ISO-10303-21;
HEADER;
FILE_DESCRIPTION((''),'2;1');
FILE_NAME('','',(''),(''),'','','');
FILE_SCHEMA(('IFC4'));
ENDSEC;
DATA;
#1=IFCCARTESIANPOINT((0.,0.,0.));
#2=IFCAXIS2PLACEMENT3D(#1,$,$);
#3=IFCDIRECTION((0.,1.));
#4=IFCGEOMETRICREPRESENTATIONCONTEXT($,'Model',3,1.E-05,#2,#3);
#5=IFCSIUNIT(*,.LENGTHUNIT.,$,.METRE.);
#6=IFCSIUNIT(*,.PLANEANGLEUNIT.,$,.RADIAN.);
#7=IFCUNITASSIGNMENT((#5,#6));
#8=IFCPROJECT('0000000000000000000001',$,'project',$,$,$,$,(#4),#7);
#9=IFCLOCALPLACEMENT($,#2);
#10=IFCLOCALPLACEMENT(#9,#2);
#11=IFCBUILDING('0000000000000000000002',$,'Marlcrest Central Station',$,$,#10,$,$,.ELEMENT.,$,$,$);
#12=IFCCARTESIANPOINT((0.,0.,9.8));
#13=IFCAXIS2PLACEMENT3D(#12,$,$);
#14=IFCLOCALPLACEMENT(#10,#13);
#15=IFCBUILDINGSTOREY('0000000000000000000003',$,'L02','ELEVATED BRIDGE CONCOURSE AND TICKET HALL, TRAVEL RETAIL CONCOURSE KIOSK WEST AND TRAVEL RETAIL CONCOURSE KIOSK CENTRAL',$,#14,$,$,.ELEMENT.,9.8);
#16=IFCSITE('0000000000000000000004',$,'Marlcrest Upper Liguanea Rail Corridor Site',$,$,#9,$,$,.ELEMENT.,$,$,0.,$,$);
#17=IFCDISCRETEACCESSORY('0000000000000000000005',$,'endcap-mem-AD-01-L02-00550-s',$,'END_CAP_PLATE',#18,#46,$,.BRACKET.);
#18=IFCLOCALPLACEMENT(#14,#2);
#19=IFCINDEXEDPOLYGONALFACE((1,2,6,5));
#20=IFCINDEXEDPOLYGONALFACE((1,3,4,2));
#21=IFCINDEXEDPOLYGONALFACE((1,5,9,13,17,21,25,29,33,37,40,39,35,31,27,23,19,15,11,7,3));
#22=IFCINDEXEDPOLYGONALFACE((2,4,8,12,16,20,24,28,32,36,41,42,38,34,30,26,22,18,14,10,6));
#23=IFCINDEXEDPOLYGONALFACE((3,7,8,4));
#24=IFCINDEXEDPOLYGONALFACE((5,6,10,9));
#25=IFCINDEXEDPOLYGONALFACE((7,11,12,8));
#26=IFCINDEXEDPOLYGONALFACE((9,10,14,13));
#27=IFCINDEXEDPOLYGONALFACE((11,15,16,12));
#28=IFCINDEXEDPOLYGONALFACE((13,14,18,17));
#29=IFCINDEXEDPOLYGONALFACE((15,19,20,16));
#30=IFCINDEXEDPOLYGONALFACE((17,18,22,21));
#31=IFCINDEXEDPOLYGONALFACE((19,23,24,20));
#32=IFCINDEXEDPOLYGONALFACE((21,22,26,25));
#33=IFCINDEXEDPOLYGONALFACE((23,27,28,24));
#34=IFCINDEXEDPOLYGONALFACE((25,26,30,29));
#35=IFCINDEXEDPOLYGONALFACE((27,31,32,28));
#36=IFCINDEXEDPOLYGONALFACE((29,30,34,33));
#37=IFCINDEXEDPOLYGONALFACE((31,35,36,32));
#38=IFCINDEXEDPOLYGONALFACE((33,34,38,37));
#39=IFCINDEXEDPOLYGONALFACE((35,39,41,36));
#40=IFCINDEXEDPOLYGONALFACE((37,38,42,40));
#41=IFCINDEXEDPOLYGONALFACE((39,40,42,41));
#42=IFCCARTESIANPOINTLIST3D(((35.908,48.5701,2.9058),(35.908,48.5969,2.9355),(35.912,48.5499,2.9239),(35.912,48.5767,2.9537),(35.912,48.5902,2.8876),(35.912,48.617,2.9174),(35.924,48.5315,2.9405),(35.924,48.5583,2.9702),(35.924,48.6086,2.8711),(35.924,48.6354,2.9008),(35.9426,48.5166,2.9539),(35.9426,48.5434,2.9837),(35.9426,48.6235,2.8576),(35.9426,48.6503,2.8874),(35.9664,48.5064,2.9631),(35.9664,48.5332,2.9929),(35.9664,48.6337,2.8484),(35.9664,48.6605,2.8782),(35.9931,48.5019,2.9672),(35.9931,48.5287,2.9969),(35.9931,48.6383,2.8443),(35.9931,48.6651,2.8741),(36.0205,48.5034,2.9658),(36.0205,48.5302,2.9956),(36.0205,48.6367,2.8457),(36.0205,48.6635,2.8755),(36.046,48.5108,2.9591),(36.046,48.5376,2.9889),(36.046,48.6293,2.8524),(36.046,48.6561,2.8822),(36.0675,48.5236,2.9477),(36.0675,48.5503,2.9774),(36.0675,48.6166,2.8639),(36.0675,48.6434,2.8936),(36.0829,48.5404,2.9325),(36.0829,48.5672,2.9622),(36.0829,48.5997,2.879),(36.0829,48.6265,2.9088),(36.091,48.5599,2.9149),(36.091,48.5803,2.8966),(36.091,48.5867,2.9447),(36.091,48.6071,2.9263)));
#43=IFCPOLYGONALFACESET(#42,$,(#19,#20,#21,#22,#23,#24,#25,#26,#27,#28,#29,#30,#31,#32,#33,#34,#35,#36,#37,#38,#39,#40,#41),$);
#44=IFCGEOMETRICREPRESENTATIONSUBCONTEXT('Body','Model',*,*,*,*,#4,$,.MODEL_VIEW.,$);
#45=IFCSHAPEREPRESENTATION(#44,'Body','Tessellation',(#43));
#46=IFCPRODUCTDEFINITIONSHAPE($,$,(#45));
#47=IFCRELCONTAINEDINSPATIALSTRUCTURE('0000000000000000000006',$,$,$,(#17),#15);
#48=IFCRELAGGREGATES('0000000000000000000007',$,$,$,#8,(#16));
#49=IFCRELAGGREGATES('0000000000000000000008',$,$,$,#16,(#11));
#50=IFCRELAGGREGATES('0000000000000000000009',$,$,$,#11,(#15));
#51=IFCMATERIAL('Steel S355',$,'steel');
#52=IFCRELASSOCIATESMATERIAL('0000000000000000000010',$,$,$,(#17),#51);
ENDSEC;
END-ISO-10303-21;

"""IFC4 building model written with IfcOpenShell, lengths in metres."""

from ifc_helpers import new_model, si_unit, direction, frame, origin, origin_2d, place, context, subcontext, project, spatial, circle, extrude, material, element, save


model = new_model("IFC4")

# Units and contexts
model_context = context("Model", 3, precision=1e-05, world=origin(), true_north=direction((0.0, 1.0)))
body_context = subcontext(model_context, "Body", "Model", "MODEL_VIEW")
ifc_project = project(units=[si_unit("LENGTHUNIT", "METRE"), si_unit("PLANEANGLEUNIT", "RADIAN")], contexts=[model_context])

# Site, building, storey
site_placement = place(None, origin())
site = spatial("IfcSite", under=ifc_project, at=site_placement, Name="Marlcrest Upper Liguanea Rail Corridor Site", CompositionType="ELEMENT", RefElevation=0.0)
building_placement = place(site_placement, origin())
building = spatial("IfcBuilding", under=site, at=building_placement, Name="Marlcrest Central Station", CompositionType="ELEMENT")
storey_placement = place(building_placement, frame((0.0, 0.0, 9.8)))
storey = spatial("IfcBuildingStorey", under=building, at=storey_placement, Name="L02", Description="ELEVATED BRIDGE CONCOURSE AND TICKET HALL, TRAVEL RETAIL CONCOURSE KIOSK WEST AND TRAVEL RETAIL CONCOURSE KIOSK CENTRAL", CompositionType="ELEMENT", Elevation=9.8)

# Shared definitions
ifc_material_1 = material(Name="Steel S355", Category="steel")

# Discrete accessory
discrete_accessory_1_placement = place(storey_placement, frame((36.0, 48.5701, 2.9058), z_axis=(0.0, 0.669244, 0.743042), x_axis=(-1.0, 0.0, 0.0)))
element("IfcDiscreteAccessory", 1, at=discrete_accessory_1_placement, inside=storey, material=ifc_material_1, Name="endcap-mem-AD-01-L02-00550-s", ObjectType="END_CAP_PLATE", PredefinedType="BRACKET", context=body_context, shape_type="SweptSolid", body=[
    extrude(circle(Radius=0.092, at=origin_2d()), origin(), (0.0, 0.0, 1.0), 0.04),
])

save(model, "model.ifc")
